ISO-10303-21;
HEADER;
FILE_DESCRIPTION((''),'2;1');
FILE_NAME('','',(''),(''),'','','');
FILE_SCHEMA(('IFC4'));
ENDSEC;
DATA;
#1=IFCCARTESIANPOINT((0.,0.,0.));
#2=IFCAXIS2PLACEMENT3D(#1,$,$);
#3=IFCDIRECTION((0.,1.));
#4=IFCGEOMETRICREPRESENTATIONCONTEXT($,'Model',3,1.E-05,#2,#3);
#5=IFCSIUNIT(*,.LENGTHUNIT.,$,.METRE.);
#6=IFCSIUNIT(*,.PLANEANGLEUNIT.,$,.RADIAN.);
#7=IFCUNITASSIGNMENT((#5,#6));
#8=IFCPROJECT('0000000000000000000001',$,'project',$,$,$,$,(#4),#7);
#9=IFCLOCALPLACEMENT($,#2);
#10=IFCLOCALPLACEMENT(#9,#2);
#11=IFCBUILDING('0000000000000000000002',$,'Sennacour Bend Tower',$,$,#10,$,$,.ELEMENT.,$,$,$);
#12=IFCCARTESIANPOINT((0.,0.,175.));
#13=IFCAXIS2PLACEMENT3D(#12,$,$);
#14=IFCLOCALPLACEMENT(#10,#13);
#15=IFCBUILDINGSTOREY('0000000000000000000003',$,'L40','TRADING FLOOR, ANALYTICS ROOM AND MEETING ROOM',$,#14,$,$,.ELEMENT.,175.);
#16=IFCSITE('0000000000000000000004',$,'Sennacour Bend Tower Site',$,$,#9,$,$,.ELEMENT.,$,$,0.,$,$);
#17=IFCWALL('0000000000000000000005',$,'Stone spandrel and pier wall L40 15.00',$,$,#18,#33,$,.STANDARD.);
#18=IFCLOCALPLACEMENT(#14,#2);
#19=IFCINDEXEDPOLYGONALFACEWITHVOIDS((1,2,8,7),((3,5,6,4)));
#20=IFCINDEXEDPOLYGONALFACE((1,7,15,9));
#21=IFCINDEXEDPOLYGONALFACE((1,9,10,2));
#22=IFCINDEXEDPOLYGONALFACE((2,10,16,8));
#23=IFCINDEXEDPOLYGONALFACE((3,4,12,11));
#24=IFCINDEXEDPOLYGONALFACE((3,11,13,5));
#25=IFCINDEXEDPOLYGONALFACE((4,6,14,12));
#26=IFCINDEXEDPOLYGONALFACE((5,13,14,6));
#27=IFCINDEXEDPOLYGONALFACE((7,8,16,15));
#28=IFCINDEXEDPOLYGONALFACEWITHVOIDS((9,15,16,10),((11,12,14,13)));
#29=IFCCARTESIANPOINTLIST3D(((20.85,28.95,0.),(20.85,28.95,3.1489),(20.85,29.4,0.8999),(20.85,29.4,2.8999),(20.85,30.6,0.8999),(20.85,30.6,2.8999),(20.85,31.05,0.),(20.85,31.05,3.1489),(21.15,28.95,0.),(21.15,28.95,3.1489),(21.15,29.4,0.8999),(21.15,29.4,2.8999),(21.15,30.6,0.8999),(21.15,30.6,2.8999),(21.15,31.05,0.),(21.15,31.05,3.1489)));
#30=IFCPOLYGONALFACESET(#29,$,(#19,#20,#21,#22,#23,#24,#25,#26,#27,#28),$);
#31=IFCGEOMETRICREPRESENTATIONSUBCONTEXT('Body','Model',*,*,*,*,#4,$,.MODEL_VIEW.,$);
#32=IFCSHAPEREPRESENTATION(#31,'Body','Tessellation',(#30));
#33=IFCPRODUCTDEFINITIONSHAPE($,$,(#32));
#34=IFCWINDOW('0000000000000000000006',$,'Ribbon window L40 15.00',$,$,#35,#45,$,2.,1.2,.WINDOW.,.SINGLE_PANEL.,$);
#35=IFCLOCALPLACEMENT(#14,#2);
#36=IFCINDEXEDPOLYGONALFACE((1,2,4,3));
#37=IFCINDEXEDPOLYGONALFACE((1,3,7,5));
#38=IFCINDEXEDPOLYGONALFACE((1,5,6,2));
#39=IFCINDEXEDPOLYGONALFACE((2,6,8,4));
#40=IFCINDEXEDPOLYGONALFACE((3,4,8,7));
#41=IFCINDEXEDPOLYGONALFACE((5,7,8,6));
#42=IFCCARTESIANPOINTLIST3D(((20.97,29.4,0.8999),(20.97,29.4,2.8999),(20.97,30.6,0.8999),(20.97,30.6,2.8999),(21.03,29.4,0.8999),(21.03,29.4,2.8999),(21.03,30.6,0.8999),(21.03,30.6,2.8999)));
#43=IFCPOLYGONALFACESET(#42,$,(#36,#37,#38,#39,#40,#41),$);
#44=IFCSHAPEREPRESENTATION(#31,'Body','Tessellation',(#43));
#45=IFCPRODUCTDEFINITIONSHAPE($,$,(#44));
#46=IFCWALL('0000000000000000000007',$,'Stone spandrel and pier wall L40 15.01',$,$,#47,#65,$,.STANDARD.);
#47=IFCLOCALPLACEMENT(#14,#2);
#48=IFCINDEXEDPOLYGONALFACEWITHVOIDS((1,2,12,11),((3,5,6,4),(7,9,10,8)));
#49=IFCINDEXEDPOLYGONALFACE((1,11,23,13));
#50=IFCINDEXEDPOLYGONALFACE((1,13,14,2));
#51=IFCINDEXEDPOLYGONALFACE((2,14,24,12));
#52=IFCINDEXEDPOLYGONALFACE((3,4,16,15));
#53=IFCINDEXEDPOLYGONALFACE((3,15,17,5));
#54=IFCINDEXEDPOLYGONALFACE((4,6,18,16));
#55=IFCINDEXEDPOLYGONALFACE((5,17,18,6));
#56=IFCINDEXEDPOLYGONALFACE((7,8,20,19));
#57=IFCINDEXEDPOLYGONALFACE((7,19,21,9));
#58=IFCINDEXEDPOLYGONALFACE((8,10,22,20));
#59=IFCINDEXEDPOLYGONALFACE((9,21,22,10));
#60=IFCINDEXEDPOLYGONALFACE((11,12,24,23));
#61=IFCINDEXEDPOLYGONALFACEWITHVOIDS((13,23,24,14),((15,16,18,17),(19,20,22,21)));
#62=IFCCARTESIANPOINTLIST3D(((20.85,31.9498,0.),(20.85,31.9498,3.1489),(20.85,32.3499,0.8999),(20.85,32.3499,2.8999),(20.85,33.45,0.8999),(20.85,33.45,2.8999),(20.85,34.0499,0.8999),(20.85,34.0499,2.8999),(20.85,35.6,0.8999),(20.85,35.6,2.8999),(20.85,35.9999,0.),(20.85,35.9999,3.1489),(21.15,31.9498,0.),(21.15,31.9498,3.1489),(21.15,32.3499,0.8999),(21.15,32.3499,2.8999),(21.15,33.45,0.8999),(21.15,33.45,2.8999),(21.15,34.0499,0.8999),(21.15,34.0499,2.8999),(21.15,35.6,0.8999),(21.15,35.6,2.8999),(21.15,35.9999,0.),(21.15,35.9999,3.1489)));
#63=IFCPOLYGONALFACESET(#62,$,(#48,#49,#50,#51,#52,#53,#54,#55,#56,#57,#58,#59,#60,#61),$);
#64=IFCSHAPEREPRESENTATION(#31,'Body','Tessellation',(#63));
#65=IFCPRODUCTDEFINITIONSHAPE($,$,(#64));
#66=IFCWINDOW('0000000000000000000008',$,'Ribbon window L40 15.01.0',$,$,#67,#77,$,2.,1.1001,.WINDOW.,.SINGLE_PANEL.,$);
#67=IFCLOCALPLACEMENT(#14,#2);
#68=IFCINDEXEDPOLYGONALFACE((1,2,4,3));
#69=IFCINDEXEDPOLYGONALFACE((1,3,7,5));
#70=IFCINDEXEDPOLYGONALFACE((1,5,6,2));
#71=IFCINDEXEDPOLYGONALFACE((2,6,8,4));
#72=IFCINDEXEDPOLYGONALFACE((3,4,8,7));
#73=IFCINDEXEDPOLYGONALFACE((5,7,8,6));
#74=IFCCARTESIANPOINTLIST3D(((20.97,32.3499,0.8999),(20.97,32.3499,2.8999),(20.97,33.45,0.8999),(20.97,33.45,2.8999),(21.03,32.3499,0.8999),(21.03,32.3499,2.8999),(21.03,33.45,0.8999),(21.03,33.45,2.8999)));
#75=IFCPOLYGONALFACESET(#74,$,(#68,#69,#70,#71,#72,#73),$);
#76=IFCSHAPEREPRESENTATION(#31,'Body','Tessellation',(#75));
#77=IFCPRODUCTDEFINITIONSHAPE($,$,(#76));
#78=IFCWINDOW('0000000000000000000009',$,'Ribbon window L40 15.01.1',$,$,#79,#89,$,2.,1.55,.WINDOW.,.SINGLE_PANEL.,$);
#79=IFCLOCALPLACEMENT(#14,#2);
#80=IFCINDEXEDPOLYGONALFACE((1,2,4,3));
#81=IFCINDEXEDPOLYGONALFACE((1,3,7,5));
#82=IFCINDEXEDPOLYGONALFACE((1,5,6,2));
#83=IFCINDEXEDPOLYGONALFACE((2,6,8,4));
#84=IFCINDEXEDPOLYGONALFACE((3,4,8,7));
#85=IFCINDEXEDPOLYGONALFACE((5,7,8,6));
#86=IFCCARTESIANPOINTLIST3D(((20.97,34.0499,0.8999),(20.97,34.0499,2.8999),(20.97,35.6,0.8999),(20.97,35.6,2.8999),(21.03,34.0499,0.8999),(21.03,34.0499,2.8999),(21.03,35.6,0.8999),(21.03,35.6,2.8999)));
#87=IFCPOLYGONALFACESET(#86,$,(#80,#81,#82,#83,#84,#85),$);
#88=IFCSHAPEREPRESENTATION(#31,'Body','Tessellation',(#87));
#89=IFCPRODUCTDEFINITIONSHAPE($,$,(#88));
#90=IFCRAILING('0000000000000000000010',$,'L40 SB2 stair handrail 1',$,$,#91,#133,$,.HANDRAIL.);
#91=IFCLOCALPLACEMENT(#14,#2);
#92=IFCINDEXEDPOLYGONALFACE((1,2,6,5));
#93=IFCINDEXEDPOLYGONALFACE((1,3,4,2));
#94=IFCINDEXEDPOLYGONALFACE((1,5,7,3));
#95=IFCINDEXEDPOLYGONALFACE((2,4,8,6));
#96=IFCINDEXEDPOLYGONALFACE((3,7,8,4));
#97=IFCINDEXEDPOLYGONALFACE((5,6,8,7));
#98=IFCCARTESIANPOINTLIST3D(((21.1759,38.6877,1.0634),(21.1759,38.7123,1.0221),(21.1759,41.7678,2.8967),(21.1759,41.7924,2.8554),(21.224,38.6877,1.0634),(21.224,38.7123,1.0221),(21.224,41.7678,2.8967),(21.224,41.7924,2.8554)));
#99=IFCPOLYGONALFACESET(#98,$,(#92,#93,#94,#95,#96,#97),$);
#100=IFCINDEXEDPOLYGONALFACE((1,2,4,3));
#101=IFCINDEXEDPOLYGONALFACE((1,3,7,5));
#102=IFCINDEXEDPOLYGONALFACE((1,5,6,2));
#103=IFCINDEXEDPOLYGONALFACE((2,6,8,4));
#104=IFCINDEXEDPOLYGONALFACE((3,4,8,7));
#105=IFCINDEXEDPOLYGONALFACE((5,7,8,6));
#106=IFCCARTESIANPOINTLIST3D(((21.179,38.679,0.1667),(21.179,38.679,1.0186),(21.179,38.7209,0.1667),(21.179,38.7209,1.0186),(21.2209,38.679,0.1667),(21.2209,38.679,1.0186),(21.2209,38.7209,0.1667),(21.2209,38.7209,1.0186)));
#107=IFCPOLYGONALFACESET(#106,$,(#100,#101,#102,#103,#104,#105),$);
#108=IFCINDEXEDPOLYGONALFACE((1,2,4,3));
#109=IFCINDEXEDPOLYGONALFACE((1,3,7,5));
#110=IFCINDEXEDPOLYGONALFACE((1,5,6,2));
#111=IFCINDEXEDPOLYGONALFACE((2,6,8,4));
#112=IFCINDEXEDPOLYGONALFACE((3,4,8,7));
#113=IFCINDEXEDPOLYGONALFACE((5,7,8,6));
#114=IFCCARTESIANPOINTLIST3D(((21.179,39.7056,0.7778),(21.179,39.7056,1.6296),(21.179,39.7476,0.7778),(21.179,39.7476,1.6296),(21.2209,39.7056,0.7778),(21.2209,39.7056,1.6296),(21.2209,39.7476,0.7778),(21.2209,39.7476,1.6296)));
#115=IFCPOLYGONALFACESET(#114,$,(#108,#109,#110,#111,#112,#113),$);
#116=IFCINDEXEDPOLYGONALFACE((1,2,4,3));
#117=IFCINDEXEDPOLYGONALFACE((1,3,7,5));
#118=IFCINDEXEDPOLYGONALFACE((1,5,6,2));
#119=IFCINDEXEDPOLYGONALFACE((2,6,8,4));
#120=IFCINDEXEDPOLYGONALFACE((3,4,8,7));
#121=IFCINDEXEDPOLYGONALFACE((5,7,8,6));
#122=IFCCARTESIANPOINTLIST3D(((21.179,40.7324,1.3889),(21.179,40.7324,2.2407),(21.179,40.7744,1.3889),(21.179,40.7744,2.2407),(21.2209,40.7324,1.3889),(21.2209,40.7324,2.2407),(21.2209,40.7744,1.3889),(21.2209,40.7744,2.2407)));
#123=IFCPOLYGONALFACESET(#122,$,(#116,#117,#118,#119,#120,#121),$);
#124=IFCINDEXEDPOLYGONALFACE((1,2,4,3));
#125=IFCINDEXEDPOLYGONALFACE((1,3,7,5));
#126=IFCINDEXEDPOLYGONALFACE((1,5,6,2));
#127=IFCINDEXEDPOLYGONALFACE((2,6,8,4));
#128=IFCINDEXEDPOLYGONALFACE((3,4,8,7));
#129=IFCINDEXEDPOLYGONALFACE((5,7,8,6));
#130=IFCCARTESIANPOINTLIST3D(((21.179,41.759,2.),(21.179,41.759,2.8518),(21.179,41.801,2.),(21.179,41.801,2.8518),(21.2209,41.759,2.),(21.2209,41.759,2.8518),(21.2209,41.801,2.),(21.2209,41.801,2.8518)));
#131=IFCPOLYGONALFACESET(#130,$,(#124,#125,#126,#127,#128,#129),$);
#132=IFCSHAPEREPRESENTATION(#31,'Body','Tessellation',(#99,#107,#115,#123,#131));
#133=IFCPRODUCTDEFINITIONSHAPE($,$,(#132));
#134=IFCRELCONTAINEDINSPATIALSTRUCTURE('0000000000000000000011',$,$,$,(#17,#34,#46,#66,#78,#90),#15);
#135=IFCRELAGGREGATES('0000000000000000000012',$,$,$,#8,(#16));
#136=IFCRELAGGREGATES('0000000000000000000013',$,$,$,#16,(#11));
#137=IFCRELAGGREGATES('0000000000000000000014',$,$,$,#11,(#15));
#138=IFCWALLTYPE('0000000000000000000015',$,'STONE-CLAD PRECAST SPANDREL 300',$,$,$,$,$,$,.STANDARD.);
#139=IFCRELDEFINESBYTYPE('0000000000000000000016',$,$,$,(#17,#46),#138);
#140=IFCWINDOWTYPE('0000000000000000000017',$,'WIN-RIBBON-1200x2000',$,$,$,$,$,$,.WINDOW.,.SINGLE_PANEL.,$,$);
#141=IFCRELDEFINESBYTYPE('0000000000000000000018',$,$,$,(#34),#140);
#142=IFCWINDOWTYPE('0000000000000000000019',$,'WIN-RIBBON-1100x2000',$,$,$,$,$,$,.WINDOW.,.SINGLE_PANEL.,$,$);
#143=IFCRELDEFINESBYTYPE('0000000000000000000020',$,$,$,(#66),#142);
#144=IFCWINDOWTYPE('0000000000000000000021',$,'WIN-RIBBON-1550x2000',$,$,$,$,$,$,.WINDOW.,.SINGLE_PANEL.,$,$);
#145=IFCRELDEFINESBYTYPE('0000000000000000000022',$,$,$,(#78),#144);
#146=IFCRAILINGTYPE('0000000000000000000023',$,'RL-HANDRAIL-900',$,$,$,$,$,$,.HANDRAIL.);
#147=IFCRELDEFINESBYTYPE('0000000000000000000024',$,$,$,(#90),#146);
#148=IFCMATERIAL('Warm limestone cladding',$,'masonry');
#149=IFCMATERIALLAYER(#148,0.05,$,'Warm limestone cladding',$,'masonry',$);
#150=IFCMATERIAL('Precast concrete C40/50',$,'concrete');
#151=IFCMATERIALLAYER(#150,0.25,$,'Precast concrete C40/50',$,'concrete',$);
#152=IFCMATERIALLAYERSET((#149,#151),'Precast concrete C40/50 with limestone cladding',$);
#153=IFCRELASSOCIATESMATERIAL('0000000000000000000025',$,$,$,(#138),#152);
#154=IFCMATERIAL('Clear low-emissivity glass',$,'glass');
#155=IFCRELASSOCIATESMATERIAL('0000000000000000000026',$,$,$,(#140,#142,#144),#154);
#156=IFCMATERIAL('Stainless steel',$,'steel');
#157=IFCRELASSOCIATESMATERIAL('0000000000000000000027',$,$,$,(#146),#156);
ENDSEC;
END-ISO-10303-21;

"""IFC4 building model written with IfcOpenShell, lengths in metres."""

from ifc_helpers import new_model, si_unit, direction, frame, frame_2d, origin, origin_2d, place, context, subcontext, project, spatial, rectangle, extrude, material, layer, layer_set, type_object, element, fill, save


model = new_model("IFC4")

# Units and contexts
model_context = context("Model", 3, precision=1e-05, world=origin(), true_north=direction((0.0, 1.0)))
body_context = subcontext(model_context, "Body", "Model", "MODEL_VIEW")
ifc_project = project(units=[si_unit("LENGTHUNIT", "METRE"), si_unit("PLANEANGLEUNIT", "RADIAN")], contexts=[model_context])

# Site, building, storey
site_placement = place(None, origin())
site = spatial("IfcSite", under=ifc_project, at=site_placement, Name="Sennacour Bend Tower Site", CompositionType="ELEMENT", RefElevation=0.0)
building_placement = place(site_placement, origin())
building = spatial("IfcBuilding", under=site, at=building_placement, Name="Sennacour Bend Tower", CompositionType="ELEMENT")
storey_placement = place(building_placement, frame((0.0, 0.0, 175.0)))
storey = spatial("IfcBuildingStorey", under=building, at=storey_placement, Name="L40", Description="TRADING FLOOR, ANALYTICS ROOM AND MEETING ROOM", CompositionType="ELEMENT", Elevation=175.0)

# Shared definitions
ifc_material_1 = material(Name="Warm limestone cladding", Category="masonry")
ifc_layer_1 = layer(ifc_material_1, 0.05, Name="Warm limestone cladding", Category="masonry")
ifc_material_2 = material(Name="Precast concrete C40/50", Category="concrete")
ifc_layer_2 = layer(ifc_material_2, 0.25, Name="Precast concrete C40/50", Category="concrete")
ifc_layer_set_1 = layer_set([ifc_layer_1, ifc_layer_2], Name="Precast concrete C40/50 with limestone cladding")
wall_type_1 = type_object("IfcWallType", Name="STONE-CLAD PRECAST SPANDREL 300", PredefinedType="STANDARD", material=ifc_layer_set_1)
ifc_material_3 = material(Name="Clear low-emissivity glass", Category="glass")

# Wall, opening, window
wall_1_placement = place(storey_placement, frame((21.0, 28.95, 0.0), z_axis=(0.0, 0.0, 1.0), x_axis=(0.0, 1.0, 0.0)))
wall_1 = element("IfcWall", 1, at=wall_1_placement, inside=storey, type_object=wall_type_1, Name="Stone spandrel and pier wall L40 15.00", PredefinedType="STANDARD", context=body_context, shape_type="SweptSolid", body=[
    extrude(rectangle(XDim=2.1001, YDim=0.3, at=frame_2d((1.05, 0.0))), origin(), (0.0, 0.0, 1.0), 3.1489),
])
opening_1_placement = place(wall_1_placement, frame((0.45, 0.0, 0.8999)))
opening_1 = element("IfcOpeningElement", 2, at=opening_1_placement, cuts=wall_1, PredefinedType="OPENING", context=body_context, shape_type="SweptSolid", body=[
    extrude(rectangle(XDim=1.2, YDim=2.0, at=frame_2d((0.6001, 1.0))), frame((0.0, 0.1602, 0.0), z_axis=(0.0, -1.0, 0.0), x_axis=(1.0, 0.0, 0.0)), (0.0, 0.0, 1.0), 0.3201),
])
window_type_1 = type_object("IfcWindowType", Name="WIN-RIBBON-1200x2000", PartitioningType="SINGLE_PANEL", PredefinedType="WINDOW", material=ifc_material_3)
window_1_placement = place(opening_1_placement, origin())
window_1 = element("IfcWindow", 3, at=window_1_placement, inside=storey, type_object=window_type_1, Name="Ribbon window L40 15.00", OverallHeight=2.0, OverallWidth=1.2, PartitioningType="SINGLE_PANEL", PredefinedType="WINDOW", context=body_context, shape_type="SweptSolid", body=[
    extrude(rectangle(XDim=1.2, YDim=2.0, at=frame_2d((0.6001, 1.0))), frame((0.0, 0.03, 0.0), z_axis=(0.0, -1.0, 0.0), x_axis=(1.0, 0.0, 0.0)), (0.0, 0.0, 1.0), 0.0601),
])
fill(opening_1, window_1)

# Wall, openings, windows
wall_2_placement = place(storey_placement, frame((21.0, 31.95, 0.0), z_axis=(0.0, 0.0, 1.0), x_axis=(0.0, 1.0, 0.0)))
wall_2 = element("IfcWall", 4, at=wall_2_placement, inside=storey, type_object=wall_type_1, Name="Stone spandrel and pier wall L40 15.01", PredefinedType="STANDARD", context=body_context, shape_type="SweptSolid", body=[
    extrude(rectangle(XDim=4.05, YDim=0.3, at=frame_2d((2.0249, 0.0))), origin(), (0.0, 0.0, 1.0), 3.1489),
])
opening_2_placement = place(wall_2_placement, frame((0.3999, 0.0, 0.8999)))
opening_2 = element("IfcOpeningElement", 5, at=opening_2_placement, cuts=wall_2, PredefinedType="OPENING", context=body_context, shape_type="SweptSolid", body=[
    extrude(rectangle(XDim=1.1001, YDim=2.0, at=frame_2d((0.55, 1.0))), frame((0.0, 0.1602, 0.0), z_axis=(0.0, -1.0, 0.0), x_axis=(1.0, 0.0, 0.0)), (0.0, 0.0, 1.0), 0.3201),
])
opening_3_placement = place(wall_2_placement, frame((2.1001, 0.0, 0.8999)))
opening_3 = element("IfcOpeningElement", 6, at=opening_3_placement, cuts=wall_2, PredefinedType="OPENING", context=body_context, shape_type="SweptSolid", body=[
    extrude(rectangle(XDim=1.55, YDim=2.0, at=frame_2d((0.7749, 1.0))), frame((0.0, 0.1602, 0.0), z_axis=(0.0, -1.0, 0.0), x_axis=(1.0, 0.0, 0.0)), (0.0, 0.0, 1.0), 0.3201),
])
window_type_2 = type_object("IfcWindowType", Name="WIN-RIBBON-1100x2000", PartitioningType="SINGLE_PANEL", PredefinedType="WINDOW", material=ifc_material_3)
window_2_placement = place(opening_2_placement, origin())
window_2 = element("IfcWindow", 7, at=window_2_placement, inside=storey, type_object=window_type_2, Name="Ribbon window L40 15.01.0", OverallHeight=2.0, OverallWidth=1.1001, PartitioningType="SINGLE_PANEL", PredefinedType="WINDOW", context=body_context, shape_type="SweptSolid", body=[
    extrude(rectangle(XDim=1.1001, YDim=2.0, at=frame_2d((0.55, 1.0))), frame((0.0, 0.03, 0.0), z_axis=(0.0, -1.0, 0.0), x_axis=(1.0, 0.0, 0.0)), (0.0, 0.0, 1.0), 0.0601),
])
fill(opening_2, window_2)
window_type_3 = type_object("IfcWindowType", Name="WIN-RIBBON-1550x2000", PartitioningType="SINGLE_PANEL", PredefinedType="WINDOW", material=ifc_material_3)
window_3_placement = place(opening_3_placement, origin())
window_3 = element("IfcWindow", 8, at=window_3_placement, inside=storey, type_object=window_type_3, Name="Ribbon window L40 15.01.1", OverallHeight=2.0, OverallWidth=1.55, PartitioningType="SINGLE_PANEL", PredefinedType="WINDOW", context=body_context, shape_type="SweptSolid", body=[
    extrude(rectangle(XDim=1.55, YDim=2.0, at=frame_2d((0.7749, 1.0))), frame((0.0, 0.03, 0.0), z_axis=(0.0, -1.0, 0.0), x_axis=(1.0, 0.0, 0.0)), (0.0, 0.0, 1.0), 0.0601),
])
fill(opening_3, window_3)

# Railing
ifc_material_4 = material(Name="Stainless steel", Category="steel")
railing_type = type_object("IfcRailingType", Name="RL-HANDRAIL-900", PredefinedType="HANDRAIL", material=ifc_material_4)
railing_placement = place(storey_placement, frame((21.2, 38.7, 0.1667)))
element("IfcRailing", 9, at=railing_placement, inside=storey, type_object=railing_type, Name="L40 SB2 stair handrail 1", PredefinedType="HANDRAIL", context=body_context, shape_type="SweptSolid", body=[
    extrude(rectangle(XDim=0.0481, YDim=0.0481, at=origin_2d()), frame((0.0, 0.0, 0.876), z_axis=(0.0, 0.859309, 0.511458), x_axis=(-1.0, 0.0, 0.0)), (0.0, 0.0, 1.0), 3.5845),
    extrude(rectangle(XDim=0.042, YDim=0.042, at=origin_2d()), origin(), (0.0, 0.0, 1.0), 0.8518),
    extrude(rectangle(XDim=0.042, YDim=0.042, at=origin_2d()), frame((0.0, 1.0266, 0.6111)), (0.0, 0.0, 1.0), 0.8518),
    extrude(rectangle(XDim=0.042, YDim=0.042, at=origin_2d()), frame((0.0, 2.0535, 1.2222)), (0.0, 0.0, 1.0), 0.8518),
    extrude(rectangle(XDim=0.042, YDim=0.042, at=origin_2d()), frame((0.0, 3.0801, 1.8333)), (0.0, 0.0, 1.0), 0.8518),
])

save(model, "model.ifc")
